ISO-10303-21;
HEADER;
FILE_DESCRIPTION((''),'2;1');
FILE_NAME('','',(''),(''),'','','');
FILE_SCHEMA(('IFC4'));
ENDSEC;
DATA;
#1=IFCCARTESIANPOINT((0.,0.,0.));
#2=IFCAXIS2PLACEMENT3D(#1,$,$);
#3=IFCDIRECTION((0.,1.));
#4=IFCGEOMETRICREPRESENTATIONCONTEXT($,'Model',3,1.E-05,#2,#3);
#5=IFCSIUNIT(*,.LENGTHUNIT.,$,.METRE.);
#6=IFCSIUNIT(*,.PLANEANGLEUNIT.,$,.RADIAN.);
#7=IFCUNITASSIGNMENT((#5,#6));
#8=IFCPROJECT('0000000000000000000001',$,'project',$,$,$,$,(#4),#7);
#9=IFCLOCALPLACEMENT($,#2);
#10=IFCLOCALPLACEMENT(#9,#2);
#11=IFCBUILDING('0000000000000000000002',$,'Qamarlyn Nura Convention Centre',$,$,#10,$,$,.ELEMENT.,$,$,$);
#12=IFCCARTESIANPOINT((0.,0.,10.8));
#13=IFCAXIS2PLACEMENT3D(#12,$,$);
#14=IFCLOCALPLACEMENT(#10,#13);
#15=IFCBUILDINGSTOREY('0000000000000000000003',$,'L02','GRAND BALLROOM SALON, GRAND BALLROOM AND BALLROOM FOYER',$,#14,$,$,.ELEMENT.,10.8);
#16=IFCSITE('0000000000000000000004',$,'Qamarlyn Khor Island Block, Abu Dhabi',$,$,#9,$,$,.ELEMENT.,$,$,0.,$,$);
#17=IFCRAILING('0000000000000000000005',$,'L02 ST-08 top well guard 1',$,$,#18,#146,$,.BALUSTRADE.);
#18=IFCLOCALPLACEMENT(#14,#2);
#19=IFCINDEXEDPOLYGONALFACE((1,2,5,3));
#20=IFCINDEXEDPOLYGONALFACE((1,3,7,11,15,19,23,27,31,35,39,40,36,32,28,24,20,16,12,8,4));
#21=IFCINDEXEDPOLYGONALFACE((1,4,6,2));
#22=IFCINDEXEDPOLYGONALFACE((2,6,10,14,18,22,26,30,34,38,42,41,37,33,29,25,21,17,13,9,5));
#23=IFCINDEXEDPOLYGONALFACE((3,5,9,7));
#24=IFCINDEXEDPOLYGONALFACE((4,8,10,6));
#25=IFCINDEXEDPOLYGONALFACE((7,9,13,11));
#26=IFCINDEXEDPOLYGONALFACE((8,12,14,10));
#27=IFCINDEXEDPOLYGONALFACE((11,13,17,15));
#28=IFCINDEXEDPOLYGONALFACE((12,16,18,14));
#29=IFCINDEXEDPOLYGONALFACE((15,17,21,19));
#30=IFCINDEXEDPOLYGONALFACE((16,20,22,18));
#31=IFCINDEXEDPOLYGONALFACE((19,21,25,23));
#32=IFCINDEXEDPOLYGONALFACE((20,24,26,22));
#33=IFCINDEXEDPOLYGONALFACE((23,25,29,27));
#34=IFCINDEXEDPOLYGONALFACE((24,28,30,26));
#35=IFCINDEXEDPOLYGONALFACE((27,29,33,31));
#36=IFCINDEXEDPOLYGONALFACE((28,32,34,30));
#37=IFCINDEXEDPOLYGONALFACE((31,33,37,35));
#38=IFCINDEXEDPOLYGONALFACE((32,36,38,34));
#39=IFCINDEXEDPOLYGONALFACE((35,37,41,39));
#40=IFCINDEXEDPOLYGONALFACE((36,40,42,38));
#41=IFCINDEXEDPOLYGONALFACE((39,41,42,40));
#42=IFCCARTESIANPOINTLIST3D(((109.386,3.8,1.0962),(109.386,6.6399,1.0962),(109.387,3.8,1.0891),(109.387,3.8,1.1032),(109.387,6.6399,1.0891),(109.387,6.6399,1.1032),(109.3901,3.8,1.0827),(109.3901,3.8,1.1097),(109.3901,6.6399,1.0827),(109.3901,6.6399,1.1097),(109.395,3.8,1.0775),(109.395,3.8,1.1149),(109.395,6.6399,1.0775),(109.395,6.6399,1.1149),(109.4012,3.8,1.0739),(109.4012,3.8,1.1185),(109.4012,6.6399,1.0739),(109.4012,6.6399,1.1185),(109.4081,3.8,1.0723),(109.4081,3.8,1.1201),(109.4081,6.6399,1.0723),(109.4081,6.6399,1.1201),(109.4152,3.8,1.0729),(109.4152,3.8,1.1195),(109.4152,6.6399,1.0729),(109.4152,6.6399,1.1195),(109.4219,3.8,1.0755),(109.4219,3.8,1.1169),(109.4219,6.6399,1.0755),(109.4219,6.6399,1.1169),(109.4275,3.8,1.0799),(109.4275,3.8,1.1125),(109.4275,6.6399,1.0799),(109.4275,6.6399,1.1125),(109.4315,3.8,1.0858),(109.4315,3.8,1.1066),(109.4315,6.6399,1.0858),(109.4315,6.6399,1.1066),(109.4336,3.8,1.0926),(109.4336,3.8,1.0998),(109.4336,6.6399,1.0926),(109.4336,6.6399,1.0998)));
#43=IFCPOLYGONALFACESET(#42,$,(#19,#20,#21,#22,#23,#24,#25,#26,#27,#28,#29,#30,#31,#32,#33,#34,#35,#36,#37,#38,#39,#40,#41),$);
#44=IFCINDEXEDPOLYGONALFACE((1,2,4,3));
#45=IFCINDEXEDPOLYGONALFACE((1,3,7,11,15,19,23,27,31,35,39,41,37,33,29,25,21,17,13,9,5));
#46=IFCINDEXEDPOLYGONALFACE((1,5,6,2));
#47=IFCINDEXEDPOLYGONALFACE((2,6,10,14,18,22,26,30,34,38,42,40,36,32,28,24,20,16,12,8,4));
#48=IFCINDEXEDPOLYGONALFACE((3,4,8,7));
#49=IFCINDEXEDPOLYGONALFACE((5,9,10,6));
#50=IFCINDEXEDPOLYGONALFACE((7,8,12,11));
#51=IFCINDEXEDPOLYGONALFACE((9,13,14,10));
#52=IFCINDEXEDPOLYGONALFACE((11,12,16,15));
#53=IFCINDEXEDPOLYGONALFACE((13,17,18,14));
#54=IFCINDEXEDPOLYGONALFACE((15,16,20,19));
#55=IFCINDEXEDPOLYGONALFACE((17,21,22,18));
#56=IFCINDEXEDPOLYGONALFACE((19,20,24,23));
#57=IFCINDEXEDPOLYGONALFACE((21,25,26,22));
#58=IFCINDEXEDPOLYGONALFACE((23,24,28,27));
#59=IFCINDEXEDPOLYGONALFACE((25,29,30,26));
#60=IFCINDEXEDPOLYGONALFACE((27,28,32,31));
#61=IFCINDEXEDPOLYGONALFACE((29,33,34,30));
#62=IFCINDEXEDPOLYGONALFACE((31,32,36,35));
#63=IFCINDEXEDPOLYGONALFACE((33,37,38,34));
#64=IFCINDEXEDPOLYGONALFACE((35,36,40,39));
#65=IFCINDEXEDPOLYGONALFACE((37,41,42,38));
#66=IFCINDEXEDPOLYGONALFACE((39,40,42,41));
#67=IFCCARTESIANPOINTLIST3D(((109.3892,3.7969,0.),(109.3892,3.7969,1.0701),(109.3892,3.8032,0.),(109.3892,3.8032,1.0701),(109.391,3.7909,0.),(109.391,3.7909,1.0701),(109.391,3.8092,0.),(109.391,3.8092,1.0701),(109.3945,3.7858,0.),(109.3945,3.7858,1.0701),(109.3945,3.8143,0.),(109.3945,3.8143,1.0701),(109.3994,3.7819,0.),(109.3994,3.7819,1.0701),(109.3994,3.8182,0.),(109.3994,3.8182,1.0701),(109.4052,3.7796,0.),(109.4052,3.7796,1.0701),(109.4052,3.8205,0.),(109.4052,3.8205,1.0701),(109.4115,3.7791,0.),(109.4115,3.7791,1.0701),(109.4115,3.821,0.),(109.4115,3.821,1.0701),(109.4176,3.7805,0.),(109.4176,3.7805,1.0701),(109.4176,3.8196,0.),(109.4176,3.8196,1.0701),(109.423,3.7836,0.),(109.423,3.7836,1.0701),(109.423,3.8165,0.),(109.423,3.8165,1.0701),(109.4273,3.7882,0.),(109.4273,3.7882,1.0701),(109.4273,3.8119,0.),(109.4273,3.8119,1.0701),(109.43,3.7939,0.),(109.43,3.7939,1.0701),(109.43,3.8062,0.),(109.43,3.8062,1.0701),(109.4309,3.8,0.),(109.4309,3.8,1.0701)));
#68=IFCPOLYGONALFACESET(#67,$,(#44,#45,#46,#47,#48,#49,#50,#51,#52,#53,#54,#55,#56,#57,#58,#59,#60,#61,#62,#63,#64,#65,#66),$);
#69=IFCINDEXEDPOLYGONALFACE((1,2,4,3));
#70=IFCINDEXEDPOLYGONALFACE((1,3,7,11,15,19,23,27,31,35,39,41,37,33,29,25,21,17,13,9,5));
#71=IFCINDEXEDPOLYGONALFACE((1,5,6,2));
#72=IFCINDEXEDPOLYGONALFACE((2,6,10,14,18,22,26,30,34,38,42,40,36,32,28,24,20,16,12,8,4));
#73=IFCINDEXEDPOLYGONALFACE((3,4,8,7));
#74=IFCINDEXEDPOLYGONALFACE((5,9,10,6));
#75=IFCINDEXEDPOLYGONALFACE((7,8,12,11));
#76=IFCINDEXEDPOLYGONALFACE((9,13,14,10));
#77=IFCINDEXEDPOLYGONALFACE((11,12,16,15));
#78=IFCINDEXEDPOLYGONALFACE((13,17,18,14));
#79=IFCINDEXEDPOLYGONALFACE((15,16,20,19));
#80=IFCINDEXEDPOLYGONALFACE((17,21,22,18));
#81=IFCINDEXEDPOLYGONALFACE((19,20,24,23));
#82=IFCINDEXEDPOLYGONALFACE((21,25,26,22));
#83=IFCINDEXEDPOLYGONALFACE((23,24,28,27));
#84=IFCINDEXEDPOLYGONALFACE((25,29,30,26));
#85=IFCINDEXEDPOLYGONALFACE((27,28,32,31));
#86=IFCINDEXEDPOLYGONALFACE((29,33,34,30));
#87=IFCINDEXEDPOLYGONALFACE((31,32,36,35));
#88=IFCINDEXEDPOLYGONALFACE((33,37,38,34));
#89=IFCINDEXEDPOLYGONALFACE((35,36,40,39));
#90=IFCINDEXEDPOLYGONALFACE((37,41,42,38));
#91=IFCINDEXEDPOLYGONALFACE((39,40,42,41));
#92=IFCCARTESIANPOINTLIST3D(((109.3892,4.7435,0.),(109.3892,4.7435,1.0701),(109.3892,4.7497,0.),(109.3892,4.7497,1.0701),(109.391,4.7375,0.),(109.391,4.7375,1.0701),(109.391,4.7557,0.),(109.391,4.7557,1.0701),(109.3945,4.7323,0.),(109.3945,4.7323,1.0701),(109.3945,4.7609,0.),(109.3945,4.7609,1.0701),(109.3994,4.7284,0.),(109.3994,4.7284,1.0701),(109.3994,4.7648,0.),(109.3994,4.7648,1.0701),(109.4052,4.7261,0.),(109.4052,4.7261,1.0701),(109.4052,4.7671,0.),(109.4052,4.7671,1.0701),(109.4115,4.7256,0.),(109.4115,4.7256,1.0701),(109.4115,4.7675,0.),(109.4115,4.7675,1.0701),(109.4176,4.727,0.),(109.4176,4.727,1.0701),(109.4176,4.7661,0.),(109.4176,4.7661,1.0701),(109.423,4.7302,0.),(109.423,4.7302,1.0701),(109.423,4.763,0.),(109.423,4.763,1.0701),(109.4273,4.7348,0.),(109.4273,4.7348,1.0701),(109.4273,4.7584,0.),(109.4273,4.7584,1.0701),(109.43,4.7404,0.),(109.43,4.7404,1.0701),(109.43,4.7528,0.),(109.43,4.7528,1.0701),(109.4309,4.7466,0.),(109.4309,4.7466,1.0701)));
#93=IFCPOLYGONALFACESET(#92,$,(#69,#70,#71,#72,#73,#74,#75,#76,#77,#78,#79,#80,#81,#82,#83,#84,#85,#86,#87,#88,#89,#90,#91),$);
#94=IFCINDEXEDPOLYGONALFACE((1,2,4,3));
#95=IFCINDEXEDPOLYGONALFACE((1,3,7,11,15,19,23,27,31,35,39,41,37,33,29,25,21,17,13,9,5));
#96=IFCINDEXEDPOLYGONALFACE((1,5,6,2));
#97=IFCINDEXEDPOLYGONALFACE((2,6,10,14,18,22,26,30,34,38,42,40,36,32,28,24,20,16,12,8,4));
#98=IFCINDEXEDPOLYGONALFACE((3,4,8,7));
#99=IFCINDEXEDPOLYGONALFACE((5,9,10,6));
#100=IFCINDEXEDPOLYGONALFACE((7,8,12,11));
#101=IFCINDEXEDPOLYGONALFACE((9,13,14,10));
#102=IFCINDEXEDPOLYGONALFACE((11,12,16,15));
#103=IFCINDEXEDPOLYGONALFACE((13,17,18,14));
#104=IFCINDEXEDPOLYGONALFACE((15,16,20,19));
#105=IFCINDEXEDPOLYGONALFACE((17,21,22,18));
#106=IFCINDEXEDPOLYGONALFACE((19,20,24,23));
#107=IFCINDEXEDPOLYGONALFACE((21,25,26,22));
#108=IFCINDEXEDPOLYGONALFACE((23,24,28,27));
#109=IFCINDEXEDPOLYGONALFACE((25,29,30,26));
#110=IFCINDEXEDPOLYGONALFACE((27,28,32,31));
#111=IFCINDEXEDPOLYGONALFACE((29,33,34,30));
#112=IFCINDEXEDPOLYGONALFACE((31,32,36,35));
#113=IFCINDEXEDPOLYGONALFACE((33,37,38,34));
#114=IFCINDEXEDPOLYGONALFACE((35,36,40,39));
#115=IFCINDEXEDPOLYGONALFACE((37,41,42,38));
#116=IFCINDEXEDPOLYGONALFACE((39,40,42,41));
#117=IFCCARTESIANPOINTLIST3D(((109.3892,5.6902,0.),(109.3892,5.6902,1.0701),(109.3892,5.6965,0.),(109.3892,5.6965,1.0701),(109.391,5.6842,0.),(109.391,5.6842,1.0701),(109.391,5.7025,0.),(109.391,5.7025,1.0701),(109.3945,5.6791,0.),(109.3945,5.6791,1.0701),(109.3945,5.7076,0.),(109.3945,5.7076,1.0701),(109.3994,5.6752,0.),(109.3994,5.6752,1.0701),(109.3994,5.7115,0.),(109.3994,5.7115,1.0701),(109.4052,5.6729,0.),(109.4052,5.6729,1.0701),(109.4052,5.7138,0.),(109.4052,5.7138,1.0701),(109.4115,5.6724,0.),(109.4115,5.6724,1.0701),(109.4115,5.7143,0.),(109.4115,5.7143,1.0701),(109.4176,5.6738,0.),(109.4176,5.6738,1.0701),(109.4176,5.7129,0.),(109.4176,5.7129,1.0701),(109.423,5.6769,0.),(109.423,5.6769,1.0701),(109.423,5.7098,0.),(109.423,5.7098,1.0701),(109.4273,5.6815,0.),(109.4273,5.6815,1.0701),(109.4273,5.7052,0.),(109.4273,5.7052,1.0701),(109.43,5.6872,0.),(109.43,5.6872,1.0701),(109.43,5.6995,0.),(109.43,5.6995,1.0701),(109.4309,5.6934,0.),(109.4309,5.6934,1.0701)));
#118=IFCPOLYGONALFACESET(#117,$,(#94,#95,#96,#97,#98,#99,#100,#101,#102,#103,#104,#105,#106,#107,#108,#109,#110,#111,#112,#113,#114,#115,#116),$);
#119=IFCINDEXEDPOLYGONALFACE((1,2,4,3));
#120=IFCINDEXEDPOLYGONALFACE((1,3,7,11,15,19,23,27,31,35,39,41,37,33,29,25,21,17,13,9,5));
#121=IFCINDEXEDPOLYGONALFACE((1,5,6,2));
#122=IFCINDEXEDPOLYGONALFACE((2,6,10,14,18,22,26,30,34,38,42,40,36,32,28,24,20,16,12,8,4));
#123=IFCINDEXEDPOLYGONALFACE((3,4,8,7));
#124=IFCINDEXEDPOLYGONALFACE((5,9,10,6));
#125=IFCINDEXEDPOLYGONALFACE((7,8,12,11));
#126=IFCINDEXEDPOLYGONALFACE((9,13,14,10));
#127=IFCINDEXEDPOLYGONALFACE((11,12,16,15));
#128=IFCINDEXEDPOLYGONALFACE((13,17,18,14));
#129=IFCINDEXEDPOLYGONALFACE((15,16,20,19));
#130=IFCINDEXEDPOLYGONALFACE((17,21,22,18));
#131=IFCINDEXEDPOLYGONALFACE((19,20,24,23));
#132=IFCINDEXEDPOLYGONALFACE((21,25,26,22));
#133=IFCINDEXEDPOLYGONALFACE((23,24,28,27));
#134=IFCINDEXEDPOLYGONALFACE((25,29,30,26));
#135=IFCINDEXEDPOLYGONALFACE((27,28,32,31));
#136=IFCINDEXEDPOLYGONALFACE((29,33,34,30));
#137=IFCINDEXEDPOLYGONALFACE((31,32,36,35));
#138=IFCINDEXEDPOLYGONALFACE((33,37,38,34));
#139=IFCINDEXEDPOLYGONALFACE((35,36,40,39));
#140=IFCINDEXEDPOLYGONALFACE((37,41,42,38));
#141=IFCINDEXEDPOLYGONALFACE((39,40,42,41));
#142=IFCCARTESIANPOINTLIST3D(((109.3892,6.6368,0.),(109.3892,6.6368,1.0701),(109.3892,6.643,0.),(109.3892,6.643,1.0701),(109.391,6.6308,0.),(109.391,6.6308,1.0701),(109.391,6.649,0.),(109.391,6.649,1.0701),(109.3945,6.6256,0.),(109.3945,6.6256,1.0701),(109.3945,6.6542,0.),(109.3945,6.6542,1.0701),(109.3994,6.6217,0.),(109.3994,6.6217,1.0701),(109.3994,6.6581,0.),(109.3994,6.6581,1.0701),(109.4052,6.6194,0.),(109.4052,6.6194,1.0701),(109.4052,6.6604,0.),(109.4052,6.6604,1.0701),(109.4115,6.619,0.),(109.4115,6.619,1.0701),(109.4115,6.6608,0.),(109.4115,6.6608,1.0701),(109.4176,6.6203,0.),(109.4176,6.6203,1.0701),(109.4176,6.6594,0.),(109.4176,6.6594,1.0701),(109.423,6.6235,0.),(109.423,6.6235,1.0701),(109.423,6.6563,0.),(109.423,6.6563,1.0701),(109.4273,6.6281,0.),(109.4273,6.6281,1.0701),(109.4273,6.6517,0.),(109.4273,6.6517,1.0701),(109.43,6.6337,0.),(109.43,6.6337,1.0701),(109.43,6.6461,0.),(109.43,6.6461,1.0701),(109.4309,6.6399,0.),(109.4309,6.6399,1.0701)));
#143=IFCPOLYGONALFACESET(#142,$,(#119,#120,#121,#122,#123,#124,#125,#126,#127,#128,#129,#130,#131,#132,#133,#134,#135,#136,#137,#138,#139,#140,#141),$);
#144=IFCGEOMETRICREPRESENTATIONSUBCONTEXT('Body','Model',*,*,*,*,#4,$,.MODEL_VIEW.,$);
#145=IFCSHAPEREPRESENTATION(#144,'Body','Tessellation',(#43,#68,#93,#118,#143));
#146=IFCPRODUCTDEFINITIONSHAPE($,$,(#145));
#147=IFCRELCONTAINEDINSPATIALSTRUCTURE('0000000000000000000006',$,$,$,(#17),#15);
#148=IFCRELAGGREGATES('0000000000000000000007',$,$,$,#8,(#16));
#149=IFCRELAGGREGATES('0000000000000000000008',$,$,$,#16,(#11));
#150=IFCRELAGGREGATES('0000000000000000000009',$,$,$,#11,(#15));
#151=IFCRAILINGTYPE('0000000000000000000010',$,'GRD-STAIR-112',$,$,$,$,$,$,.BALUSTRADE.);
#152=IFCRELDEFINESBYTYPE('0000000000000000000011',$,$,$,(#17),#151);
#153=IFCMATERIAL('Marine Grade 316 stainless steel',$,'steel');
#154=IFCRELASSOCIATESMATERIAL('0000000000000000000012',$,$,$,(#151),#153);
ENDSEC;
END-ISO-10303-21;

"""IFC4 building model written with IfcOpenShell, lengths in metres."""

from ifc_helpers import new_model, si_unit, direction, frame, origin, origin_2d, place, context, subcontext, project, spatial, circle, extrude, material, type_object, element, save


model = new_model("IFC4")

# Units and contexts
model_context = context("Model", 3, precision=1e-05, world=origin(), true_north=direction((0.0, 1.0)))
body_context = subcontext(model_context, "Body", "Model", "MODEL_VIEW")
ifc_project = project(units=[si_unit("LENGTHUNIT", "METRE"), si_unit("PLANEANGLEUNIT", "RADIAN")], contexts=[model_context])

# Site, building, storey
site_placement = place(None, origin())
site = spatial("IfcSite", under=ifc_project, at=site_placement, Name="Qamarlyn Khor Island Block, Abu Dhabi", CompositionType="ELEMENT", RefElevation=0.0)
building_placement = place(site_placement, origin())
building = spatial("IfcBuilding", under=site, at=building_placement, Name="Qamarlyn Nura Convention Centre", CompositionType="ELEMENT")
storey_placement = place(building_placement, frame((0.0, 0.0, 10.8)))
storey = spatial("IfcBuildingStorey", under=building, at=storey_placement, Name="L02", Description="GRAND BALLROOM SALON, GRAND BALLROOM AND BALLROOM FOYER", CompositionType="ELEMENT", Elevation=10.8)

# Railing
ifc_material_1 = material(Name="Marine Grade 316 stainless steel", Category="steel")
railing_type = type_object("IfcRailingType", Name="GRD-STAIR-112", PredefinedType="BALUSTRADE", material=ifc_material_1)
railing_placement = place(storey_placement, frame((109.4099, 3.8, 0.0)))
element("IfcRailing", 1, at=railing_placement, inside=storey, type_object=railing_type, Name="L02 ST-08 top well guard 1", PredefinedType="BALUSTRADE", context=body_context, shape_type="SweptSolid", body=[
    extrude(circle(Radius=0.0239, at=origin_2d()), frame((0.0, 0.0, 1.0962), z_axis=(0.0, 1.0, 0.0), x_axis=(-1.0, 0.0, 0.0)), (0.0, 0.0, 1.0), 2.8398),
    extrude(circle(Radius=0.021, at=origin_2d()), origin(), (0.0, 0.0, 1.0), 1.0701),
    extrude(circle(Radius=0.021, at=origin_2d()), frame((0.0, 0.9465, 0.0)), (0.0, 0.0, 1.0), 1.0701),
    extrude(circle(Radius=0.021, at=origin_2d()), frame((0.0, 1.8933, 0.0)), (0.0, 0.0, 1.0), 1.0701),
    extrude(circle(Radius=0.021, at=origin_2d()), frame((0.0, 2.8398, 0.0)), (0.0, 0.0, 1.0), 1.0701),
])

save(model, "model.ifc")
